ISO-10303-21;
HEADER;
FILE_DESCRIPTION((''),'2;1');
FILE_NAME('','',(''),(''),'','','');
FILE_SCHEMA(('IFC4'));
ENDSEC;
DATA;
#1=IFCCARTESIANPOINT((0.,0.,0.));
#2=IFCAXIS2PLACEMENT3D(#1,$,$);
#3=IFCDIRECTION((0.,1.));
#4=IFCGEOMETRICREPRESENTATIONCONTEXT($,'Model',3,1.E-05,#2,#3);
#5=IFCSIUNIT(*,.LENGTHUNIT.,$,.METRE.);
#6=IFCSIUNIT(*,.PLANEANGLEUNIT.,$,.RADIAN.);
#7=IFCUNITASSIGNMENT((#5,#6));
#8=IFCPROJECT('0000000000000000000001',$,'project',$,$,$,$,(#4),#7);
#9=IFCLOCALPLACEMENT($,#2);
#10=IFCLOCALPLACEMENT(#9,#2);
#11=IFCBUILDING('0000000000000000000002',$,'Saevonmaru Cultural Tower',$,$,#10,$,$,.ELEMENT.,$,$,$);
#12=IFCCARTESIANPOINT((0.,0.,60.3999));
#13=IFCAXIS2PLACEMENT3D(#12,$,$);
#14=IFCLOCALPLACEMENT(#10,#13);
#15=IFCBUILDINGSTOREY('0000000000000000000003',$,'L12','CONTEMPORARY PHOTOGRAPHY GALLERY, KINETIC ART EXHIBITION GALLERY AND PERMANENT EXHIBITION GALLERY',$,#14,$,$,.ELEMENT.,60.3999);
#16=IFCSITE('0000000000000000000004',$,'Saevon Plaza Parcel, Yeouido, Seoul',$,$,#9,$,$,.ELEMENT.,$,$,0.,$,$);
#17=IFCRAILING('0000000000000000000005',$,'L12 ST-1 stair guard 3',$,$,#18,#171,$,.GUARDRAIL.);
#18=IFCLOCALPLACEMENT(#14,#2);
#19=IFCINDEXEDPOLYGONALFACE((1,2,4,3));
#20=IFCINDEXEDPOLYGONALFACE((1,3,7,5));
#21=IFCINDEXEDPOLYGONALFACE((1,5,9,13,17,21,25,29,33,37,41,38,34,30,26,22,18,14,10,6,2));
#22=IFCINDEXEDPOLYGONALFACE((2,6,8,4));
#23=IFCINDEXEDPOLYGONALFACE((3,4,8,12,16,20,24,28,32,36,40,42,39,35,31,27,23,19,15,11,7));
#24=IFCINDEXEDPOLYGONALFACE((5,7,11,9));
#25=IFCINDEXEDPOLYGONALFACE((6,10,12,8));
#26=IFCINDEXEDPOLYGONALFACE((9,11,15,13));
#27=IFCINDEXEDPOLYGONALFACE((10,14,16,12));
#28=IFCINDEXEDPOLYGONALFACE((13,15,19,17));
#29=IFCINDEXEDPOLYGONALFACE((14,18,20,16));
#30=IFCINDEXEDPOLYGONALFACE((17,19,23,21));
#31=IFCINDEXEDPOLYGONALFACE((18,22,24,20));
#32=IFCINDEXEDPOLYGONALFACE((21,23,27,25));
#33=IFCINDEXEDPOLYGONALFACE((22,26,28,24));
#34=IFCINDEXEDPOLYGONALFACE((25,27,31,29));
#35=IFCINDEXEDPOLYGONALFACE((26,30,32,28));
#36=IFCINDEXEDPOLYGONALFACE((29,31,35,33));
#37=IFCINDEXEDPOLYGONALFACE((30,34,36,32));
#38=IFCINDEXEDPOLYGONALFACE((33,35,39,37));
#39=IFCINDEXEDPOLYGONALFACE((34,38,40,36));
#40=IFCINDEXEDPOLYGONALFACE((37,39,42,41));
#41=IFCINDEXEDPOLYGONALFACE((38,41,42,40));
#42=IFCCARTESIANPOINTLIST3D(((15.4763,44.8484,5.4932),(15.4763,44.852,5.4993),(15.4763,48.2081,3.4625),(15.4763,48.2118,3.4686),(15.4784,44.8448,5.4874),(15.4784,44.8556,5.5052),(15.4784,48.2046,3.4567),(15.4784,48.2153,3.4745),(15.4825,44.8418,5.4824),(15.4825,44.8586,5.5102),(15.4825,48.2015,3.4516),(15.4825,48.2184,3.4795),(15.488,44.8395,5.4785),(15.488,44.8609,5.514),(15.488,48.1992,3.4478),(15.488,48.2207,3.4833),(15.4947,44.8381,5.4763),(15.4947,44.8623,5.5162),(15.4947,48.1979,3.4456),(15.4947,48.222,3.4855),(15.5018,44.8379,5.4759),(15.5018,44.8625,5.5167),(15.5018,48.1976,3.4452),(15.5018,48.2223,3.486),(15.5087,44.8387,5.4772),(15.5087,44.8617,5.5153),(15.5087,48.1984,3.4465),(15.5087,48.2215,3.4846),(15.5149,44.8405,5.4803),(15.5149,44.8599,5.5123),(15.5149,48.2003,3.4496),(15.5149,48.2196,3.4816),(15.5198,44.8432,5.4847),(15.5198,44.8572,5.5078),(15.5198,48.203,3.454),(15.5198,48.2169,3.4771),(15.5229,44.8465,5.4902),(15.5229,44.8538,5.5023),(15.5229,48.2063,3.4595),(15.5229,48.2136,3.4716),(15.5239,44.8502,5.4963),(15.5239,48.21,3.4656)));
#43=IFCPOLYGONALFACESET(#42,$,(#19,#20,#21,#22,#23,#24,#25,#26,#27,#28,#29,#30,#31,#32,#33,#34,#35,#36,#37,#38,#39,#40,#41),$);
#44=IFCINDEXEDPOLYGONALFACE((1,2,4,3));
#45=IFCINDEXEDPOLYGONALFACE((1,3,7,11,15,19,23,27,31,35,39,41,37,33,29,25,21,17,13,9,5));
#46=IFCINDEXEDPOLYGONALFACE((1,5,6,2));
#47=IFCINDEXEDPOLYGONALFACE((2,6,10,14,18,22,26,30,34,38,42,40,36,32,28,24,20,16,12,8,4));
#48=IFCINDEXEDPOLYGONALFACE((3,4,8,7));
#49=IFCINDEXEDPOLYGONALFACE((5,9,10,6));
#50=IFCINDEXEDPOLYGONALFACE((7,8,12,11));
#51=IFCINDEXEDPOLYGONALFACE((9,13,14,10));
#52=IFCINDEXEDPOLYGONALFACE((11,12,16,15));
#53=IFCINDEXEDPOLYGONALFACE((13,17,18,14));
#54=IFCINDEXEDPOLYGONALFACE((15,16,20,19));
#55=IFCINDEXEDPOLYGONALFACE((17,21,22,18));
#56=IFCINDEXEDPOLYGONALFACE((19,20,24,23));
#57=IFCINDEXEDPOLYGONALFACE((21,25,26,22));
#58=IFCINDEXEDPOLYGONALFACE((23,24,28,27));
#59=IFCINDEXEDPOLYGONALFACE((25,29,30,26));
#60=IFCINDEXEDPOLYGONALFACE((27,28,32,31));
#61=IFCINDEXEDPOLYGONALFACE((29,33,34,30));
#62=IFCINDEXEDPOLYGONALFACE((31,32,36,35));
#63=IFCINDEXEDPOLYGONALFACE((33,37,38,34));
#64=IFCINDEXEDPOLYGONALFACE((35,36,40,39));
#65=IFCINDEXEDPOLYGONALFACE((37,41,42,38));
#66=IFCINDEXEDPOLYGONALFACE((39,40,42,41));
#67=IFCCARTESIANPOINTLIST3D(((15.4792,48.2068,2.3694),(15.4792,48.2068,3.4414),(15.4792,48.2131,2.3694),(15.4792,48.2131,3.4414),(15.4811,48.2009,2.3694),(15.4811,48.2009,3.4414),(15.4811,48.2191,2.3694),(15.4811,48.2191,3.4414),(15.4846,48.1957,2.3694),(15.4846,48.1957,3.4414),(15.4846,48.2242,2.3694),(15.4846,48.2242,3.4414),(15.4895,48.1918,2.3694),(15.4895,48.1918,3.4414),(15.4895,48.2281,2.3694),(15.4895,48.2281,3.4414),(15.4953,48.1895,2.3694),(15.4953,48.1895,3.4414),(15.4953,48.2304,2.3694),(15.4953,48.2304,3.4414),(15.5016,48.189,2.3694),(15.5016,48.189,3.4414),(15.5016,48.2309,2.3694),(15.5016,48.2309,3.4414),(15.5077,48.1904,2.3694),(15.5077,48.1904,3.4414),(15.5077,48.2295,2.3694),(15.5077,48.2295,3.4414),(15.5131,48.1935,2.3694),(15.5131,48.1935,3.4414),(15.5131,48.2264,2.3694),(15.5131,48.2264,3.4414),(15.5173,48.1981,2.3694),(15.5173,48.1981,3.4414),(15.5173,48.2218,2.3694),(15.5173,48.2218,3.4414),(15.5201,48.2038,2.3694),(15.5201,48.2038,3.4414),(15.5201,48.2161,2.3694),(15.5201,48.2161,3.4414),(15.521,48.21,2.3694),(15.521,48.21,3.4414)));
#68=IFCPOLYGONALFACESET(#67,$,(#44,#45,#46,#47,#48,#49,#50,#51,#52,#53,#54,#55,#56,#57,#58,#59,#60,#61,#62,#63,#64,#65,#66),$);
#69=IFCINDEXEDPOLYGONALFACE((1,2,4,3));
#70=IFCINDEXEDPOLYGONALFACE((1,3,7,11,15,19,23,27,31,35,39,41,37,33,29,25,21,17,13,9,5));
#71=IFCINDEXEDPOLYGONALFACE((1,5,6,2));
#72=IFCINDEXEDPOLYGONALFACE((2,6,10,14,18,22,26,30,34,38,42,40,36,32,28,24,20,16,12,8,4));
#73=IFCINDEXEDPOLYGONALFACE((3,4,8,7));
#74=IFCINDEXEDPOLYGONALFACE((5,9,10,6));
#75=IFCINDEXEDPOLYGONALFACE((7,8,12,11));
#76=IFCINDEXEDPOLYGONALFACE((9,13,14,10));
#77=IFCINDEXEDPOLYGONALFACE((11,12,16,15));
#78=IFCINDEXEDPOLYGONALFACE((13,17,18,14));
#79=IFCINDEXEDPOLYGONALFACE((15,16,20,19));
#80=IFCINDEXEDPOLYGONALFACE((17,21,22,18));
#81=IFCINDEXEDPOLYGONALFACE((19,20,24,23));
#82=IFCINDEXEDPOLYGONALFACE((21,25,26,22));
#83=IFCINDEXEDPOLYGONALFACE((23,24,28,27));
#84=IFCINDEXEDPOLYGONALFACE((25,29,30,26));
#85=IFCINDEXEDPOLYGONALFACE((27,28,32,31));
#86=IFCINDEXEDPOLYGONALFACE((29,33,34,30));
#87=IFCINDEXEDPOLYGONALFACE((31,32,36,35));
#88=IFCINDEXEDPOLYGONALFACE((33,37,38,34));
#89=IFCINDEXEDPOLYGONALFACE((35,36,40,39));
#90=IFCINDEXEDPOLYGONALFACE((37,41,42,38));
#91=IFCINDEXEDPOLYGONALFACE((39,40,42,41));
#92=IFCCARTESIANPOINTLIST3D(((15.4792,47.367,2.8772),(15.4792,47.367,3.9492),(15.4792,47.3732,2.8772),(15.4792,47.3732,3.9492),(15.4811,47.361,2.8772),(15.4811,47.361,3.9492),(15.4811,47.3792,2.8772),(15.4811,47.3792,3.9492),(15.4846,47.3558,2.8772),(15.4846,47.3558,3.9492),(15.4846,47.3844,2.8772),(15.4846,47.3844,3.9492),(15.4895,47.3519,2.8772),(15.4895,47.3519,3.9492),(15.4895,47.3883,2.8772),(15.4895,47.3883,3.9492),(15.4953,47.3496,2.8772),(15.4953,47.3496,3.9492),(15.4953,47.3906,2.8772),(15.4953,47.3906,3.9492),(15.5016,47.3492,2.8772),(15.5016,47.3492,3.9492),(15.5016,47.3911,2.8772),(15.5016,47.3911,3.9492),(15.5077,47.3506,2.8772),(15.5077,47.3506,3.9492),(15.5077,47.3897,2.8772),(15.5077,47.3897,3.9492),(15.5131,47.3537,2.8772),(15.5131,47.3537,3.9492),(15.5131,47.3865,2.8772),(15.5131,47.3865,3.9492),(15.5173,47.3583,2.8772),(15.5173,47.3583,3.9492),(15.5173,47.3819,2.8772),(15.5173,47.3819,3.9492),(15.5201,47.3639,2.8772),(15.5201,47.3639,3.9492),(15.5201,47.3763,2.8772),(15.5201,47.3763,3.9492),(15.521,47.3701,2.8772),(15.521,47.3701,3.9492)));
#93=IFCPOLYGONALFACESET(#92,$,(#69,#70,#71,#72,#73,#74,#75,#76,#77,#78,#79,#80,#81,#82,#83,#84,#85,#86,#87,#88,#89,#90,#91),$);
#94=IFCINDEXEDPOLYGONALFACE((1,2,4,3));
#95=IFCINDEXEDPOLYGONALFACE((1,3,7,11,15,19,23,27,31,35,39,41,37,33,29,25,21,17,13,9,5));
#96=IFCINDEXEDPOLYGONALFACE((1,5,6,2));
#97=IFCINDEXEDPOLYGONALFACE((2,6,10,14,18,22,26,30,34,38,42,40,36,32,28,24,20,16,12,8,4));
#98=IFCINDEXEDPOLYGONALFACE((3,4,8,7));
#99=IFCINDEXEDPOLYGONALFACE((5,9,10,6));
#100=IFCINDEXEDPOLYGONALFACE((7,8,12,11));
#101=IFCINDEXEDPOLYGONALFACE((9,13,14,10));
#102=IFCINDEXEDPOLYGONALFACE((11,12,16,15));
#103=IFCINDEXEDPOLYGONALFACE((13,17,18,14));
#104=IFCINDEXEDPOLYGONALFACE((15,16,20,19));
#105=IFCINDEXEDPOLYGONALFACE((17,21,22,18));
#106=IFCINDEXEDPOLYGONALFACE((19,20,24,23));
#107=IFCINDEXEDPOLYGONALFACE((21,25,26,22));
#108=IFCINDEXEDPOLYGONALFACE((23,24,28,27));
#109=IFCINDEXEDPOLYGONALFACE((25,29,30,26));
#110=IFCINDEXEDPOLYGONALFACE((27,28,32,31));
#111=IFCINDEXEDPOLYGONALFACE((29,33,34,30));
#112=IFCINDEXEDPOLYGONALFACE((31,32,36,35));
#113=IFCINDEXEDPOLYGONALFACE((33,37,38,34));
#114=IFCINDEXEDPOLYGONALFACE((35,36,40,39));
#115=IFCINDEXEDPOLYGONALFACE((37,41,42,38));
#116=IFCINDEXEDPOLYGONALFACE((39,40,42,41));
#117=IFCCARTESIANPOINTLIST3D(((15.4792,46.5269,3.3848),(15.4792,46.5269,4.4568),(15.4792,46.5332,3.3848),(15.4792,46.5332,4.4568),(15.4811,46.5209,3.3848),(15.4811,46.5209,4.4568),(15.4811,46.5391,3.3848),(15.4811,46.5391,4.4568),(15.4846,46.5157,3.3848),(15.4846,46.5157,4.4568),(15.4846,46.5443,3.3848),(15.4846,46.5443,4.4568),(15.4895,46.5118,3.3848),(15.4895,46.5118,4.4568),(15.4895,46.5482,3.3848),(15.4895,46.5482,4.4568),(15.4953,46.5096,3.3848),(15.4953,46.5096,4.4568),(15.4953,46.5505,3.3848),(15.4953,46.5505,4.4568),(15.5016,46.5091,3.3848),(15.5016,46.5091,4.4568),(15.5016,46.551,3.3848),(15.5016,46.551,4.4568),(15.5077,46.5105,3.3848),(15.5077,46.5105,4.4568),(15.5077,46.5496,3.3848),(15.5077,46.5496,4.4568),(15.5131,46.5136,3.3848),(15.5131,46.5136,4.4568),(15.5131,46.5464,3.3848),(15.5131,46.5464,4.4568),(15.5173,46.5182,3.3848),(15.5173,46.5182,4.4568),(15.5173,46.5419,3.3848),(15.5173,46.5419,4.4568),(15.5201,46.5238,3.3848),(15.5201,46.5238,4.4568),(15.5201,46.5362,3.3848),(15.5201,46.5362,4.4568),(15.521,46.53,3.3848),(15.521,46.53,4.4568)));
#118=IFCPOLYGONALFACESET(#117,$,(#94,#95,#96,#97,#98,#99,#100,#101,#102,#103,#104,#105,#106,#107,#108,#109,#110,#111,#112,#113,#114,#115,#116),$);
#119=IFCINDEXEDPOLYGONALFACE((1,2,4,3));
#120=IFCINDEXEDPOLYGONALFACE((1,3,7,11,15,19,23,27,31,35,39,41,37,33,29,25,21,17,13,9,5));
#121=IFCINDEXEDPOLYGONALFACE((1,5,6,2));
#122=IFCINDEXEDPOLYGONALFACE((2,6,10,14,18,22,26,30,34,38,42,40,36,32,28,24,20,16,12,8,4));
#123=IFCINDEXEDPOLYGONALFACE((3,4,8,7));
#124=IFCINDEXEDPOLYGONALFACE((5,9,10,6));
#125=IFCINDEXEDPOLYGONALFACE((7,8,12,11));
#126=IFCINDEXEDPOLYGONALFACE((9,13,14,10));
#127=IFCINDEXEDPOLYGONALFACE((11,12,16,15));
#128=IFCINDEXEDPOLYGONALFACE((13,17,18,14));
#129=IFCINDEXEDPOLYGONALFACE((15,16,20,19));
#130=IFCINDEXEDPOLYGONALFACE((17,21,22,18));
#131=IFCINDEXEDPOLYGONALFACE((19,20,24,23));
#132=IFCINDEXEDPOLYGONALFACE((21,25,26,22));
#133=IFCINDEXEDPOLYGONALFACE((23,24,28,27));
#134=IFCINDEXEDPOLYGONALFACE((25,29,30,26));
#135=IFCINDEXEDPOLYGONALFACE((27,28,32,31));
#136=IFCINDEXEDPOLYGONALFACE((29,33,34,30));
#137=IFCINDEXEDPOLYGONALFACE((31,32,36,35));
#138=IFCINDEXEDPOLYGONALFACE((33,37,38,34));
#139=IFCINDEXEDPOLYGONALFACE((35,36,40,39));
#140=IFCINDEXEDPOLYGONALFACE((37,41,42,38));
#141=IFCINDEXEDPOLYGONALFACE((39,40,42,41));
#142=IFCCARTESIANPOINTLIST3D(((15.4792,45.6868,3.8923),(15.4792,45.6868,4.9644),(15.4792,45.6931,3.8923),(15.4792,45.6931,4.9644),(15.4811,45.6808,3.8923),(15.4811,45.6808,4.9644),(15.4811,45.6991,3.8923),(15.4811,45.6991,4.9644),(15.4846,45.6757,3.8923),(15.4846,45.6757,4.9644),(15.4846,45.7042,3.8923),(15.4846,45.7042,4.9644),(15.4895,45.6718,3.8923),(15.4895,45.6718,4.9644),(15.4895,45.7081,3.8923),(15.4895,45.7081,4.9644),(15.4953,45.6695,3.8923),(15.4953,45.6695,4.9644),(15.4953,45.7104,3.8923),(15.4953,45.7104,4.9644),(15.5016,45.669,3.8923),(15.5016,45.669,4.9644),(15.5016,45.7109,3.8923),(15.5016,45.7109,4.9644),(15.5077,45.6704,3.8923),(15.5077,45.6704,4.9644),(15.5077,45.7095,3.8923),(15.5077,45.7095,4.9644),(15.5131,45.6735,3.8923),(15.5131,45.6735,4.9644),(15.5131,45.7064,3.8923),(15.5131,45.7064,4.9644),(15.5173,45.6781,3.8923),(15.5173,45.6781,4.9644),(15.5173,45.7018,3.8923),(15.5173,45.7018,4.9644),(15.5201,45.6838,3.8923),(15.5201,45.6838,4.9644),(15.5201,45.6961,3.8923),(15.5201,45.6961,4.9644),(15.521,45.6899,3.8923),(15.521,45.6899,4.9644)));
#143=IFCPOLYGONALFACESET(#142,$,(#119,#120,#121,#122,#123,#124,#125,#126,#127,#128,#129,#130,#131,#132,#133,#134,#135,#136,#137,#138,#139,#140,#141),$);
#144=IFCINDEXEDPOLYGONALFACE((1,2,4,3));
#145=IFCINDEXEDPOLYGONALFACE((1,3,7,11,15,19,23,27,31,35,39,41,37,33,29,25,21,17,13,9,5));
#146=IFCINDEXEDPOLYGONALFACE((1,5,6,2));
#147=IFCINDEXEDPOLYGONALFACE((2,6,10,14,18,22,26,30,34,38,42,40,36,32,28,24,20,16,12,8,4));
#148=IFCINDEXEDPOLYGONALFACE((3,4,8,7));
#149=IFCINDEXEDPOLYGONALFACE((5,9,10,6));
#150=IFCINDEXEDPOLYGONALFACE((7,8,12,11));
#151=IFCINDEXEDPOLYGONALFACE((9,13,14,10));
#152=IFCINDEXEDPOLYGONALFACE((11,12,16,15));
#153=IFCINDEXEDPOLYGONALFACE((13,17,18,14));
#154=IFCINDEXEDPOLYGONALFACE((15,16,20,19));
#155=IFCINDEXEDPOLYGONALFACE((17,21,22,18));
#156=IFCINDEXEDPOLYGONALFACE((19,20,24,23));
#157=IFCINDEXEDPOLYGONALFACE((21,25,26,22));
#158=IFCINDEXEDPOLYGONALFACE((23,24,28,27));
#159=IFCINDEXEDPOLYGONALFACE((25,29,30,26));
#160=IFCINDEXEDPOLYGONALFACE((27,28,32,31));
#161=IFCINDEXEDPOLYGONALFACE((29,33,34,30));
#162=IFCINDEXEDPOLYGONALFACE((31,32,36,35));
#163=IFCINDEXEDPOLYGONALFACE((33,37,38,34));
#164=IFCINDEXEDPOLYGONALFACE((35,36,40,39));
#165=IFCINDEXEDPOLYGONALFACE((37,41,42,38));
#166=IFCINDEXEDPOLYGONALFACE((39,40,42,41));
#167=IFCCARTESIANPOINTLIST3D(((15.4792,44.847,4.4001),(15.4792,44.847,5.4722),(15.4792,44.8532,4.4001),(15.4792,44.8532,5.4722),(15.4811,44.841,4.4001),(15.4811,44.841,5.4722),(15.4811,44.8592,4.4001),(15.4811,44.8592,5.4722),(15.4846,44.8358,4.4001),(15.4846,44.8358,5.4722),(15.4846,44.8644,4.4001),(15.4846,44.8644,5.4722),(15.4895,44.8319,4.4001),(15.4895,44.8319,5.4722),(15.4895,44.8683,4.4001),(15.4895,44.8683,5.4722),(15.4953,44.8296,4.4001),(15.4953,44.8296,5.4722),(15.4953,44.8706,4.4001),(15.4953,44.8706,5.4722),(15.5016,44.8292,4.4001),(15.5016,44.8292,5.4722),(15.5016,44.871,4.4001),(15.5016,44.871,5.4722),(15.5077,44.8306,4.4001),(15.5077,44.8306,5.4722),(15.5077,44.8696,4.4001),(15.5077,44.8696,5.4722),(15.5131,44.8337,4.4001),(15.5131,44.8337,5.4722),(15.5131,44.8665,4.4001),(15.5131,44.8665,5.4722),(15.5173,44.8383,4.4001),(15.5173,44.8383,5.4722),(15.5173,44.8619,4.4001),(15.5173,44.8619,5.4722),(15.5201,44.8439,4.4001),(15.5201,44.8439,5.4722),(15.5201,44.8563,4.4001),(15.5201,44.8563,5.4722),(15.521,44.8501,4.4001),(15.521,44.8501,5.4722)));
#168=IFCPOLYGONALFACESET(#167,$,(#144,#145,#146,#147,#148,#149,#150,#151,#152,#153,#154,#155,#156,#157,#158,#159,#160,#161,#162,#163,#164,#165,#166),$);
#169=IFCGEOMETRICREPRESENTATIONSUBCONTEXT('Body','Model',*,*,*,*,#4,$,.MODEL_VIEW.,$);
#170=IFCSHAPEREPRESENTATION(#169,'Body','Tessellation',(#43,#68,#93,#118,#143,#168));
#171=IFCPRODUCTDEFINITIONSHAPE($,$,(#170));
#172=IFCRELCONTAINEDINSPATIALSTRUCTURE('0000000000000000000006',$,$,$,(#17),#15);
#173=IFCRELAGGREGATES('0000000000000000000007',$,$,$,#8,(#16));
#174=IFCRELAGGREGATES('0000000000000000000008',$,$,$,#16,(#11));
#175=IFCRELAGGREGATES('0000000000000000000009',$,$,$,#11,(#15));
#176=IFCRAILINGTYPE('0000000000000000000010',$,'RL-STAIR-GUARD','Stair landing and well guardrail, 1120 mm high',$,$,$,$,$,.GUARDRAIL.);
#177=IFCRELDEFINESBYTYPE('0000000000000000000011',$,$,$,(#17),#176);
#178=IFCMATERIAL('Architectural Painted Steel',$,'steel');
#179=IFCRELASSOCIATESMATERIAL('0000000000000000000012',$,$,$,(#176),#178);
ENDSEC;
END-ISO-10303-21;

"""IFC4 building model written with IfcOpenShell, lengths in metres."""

from ifc_helpers import new_model, si_unit, direction, frame, origin, origin_2d, place, context, subcontext, project, spatial, circle, extrude, material, type_object, element, save


model = new_model("IFC4")

# Units and contexts
model_context = context("Model", 3, precision=1e-05, world=origin(), true_north=direction((0.0, 1.0)))
body_context = subcontext(model_context, "Body", "Model", "MODEL_VIEW")
ifc_project = project(units=[si_unit("LENGTHUNIT", "METRE"), si_unit("PLANEANGLEUNIT", "RADIAN")], contexts=[model_context])

# Site, building, storey
site_placement = place(None, origin())
site = spatial("IfcSite", under=ifc_project, at=site_placement, Name="Saevon Plaza Parcel, Yeouido, Seoul", CompositionType="ELEMENT", RefElevation=0.0)
building_placement = place(site_placement, origin())
building = spatial("IfcBuilding", under=site, at=building_placement, Name="Saevonmaru Cultural Tower", CompositionType="ELEMENT")
storey_placement = place(building_placement, frame((0.0, 0.0, 60.3999)))
storey = spatial("IfcBuildingStorey", under=building, at=storey_placement, Name="L12", Description="CONTEMPORARY PHOTOGRAPHY GALLERY, KINETIC ART EXHIBITION GALLERY AND PERMANENT EXHIBITION GALLERY", CompositionType="ELEMENT", Elevation=60.3999)

# Railing
ifc_material_1 = material(Name="Architectural Painted Steel", Category="steel")
railing_type = type_object("IfcRailingType", Name="RL-STAIR-GUARD", Description="Stair landing and well guardrail, 1120 mm high", PredefinedType="GUARDRAIL", material=ifc_material_1)
railing_1_placement = place(storey_placement, frame((15.5, 48.21, 2.3694)))
element("IfcRailing", 1, at=railing_1_placement, inside=storey, type_object=railing_type, Name="L12 ST-1 stair guard 3", PredefinedType="GUARDRAIL", context=body_context, shape_type="SweptSolid", body=[
    extrude(circle(Radius=0.0239, at=origin_2d()), frame((0.0, 0.0, 1.0962), z_axis=(0.0, -0.85582, 0.517273), x_axis=(1.0, 0.0, 0.0)), (0.0, 0.0, 1.0), 3.9258),
    extrude(circle(Radius=0.021, at=origin_2d()), origin(), (0.0, 0.0, 1.0), 1.072),
    extrude(circle(Radius=0.021, at=origin_2d()), frame((0.0, -0.8398, 0.5078)), (0.0, 0.0, 1.0), 1.072),
    extrude(circle(Radius=0.021, at=origin_2d()), frame((0.0, -1.6799, 1.0154)), (0.0, 0.0, 1.0), 1.072),
    extrude(circle(Radius=0.021, at=origin_2d()), frame((0.0, -2.52, 1.5229)), (0.0, 0.0, 1.0), 1.072),
    extrude(circle(Radius=0.021, at=origin_2d()), frame((0.0, -3.3599, 2.0308)), (0.0, 0.0, 1.0), 1.072),
])

save(model, "model.ifc")
